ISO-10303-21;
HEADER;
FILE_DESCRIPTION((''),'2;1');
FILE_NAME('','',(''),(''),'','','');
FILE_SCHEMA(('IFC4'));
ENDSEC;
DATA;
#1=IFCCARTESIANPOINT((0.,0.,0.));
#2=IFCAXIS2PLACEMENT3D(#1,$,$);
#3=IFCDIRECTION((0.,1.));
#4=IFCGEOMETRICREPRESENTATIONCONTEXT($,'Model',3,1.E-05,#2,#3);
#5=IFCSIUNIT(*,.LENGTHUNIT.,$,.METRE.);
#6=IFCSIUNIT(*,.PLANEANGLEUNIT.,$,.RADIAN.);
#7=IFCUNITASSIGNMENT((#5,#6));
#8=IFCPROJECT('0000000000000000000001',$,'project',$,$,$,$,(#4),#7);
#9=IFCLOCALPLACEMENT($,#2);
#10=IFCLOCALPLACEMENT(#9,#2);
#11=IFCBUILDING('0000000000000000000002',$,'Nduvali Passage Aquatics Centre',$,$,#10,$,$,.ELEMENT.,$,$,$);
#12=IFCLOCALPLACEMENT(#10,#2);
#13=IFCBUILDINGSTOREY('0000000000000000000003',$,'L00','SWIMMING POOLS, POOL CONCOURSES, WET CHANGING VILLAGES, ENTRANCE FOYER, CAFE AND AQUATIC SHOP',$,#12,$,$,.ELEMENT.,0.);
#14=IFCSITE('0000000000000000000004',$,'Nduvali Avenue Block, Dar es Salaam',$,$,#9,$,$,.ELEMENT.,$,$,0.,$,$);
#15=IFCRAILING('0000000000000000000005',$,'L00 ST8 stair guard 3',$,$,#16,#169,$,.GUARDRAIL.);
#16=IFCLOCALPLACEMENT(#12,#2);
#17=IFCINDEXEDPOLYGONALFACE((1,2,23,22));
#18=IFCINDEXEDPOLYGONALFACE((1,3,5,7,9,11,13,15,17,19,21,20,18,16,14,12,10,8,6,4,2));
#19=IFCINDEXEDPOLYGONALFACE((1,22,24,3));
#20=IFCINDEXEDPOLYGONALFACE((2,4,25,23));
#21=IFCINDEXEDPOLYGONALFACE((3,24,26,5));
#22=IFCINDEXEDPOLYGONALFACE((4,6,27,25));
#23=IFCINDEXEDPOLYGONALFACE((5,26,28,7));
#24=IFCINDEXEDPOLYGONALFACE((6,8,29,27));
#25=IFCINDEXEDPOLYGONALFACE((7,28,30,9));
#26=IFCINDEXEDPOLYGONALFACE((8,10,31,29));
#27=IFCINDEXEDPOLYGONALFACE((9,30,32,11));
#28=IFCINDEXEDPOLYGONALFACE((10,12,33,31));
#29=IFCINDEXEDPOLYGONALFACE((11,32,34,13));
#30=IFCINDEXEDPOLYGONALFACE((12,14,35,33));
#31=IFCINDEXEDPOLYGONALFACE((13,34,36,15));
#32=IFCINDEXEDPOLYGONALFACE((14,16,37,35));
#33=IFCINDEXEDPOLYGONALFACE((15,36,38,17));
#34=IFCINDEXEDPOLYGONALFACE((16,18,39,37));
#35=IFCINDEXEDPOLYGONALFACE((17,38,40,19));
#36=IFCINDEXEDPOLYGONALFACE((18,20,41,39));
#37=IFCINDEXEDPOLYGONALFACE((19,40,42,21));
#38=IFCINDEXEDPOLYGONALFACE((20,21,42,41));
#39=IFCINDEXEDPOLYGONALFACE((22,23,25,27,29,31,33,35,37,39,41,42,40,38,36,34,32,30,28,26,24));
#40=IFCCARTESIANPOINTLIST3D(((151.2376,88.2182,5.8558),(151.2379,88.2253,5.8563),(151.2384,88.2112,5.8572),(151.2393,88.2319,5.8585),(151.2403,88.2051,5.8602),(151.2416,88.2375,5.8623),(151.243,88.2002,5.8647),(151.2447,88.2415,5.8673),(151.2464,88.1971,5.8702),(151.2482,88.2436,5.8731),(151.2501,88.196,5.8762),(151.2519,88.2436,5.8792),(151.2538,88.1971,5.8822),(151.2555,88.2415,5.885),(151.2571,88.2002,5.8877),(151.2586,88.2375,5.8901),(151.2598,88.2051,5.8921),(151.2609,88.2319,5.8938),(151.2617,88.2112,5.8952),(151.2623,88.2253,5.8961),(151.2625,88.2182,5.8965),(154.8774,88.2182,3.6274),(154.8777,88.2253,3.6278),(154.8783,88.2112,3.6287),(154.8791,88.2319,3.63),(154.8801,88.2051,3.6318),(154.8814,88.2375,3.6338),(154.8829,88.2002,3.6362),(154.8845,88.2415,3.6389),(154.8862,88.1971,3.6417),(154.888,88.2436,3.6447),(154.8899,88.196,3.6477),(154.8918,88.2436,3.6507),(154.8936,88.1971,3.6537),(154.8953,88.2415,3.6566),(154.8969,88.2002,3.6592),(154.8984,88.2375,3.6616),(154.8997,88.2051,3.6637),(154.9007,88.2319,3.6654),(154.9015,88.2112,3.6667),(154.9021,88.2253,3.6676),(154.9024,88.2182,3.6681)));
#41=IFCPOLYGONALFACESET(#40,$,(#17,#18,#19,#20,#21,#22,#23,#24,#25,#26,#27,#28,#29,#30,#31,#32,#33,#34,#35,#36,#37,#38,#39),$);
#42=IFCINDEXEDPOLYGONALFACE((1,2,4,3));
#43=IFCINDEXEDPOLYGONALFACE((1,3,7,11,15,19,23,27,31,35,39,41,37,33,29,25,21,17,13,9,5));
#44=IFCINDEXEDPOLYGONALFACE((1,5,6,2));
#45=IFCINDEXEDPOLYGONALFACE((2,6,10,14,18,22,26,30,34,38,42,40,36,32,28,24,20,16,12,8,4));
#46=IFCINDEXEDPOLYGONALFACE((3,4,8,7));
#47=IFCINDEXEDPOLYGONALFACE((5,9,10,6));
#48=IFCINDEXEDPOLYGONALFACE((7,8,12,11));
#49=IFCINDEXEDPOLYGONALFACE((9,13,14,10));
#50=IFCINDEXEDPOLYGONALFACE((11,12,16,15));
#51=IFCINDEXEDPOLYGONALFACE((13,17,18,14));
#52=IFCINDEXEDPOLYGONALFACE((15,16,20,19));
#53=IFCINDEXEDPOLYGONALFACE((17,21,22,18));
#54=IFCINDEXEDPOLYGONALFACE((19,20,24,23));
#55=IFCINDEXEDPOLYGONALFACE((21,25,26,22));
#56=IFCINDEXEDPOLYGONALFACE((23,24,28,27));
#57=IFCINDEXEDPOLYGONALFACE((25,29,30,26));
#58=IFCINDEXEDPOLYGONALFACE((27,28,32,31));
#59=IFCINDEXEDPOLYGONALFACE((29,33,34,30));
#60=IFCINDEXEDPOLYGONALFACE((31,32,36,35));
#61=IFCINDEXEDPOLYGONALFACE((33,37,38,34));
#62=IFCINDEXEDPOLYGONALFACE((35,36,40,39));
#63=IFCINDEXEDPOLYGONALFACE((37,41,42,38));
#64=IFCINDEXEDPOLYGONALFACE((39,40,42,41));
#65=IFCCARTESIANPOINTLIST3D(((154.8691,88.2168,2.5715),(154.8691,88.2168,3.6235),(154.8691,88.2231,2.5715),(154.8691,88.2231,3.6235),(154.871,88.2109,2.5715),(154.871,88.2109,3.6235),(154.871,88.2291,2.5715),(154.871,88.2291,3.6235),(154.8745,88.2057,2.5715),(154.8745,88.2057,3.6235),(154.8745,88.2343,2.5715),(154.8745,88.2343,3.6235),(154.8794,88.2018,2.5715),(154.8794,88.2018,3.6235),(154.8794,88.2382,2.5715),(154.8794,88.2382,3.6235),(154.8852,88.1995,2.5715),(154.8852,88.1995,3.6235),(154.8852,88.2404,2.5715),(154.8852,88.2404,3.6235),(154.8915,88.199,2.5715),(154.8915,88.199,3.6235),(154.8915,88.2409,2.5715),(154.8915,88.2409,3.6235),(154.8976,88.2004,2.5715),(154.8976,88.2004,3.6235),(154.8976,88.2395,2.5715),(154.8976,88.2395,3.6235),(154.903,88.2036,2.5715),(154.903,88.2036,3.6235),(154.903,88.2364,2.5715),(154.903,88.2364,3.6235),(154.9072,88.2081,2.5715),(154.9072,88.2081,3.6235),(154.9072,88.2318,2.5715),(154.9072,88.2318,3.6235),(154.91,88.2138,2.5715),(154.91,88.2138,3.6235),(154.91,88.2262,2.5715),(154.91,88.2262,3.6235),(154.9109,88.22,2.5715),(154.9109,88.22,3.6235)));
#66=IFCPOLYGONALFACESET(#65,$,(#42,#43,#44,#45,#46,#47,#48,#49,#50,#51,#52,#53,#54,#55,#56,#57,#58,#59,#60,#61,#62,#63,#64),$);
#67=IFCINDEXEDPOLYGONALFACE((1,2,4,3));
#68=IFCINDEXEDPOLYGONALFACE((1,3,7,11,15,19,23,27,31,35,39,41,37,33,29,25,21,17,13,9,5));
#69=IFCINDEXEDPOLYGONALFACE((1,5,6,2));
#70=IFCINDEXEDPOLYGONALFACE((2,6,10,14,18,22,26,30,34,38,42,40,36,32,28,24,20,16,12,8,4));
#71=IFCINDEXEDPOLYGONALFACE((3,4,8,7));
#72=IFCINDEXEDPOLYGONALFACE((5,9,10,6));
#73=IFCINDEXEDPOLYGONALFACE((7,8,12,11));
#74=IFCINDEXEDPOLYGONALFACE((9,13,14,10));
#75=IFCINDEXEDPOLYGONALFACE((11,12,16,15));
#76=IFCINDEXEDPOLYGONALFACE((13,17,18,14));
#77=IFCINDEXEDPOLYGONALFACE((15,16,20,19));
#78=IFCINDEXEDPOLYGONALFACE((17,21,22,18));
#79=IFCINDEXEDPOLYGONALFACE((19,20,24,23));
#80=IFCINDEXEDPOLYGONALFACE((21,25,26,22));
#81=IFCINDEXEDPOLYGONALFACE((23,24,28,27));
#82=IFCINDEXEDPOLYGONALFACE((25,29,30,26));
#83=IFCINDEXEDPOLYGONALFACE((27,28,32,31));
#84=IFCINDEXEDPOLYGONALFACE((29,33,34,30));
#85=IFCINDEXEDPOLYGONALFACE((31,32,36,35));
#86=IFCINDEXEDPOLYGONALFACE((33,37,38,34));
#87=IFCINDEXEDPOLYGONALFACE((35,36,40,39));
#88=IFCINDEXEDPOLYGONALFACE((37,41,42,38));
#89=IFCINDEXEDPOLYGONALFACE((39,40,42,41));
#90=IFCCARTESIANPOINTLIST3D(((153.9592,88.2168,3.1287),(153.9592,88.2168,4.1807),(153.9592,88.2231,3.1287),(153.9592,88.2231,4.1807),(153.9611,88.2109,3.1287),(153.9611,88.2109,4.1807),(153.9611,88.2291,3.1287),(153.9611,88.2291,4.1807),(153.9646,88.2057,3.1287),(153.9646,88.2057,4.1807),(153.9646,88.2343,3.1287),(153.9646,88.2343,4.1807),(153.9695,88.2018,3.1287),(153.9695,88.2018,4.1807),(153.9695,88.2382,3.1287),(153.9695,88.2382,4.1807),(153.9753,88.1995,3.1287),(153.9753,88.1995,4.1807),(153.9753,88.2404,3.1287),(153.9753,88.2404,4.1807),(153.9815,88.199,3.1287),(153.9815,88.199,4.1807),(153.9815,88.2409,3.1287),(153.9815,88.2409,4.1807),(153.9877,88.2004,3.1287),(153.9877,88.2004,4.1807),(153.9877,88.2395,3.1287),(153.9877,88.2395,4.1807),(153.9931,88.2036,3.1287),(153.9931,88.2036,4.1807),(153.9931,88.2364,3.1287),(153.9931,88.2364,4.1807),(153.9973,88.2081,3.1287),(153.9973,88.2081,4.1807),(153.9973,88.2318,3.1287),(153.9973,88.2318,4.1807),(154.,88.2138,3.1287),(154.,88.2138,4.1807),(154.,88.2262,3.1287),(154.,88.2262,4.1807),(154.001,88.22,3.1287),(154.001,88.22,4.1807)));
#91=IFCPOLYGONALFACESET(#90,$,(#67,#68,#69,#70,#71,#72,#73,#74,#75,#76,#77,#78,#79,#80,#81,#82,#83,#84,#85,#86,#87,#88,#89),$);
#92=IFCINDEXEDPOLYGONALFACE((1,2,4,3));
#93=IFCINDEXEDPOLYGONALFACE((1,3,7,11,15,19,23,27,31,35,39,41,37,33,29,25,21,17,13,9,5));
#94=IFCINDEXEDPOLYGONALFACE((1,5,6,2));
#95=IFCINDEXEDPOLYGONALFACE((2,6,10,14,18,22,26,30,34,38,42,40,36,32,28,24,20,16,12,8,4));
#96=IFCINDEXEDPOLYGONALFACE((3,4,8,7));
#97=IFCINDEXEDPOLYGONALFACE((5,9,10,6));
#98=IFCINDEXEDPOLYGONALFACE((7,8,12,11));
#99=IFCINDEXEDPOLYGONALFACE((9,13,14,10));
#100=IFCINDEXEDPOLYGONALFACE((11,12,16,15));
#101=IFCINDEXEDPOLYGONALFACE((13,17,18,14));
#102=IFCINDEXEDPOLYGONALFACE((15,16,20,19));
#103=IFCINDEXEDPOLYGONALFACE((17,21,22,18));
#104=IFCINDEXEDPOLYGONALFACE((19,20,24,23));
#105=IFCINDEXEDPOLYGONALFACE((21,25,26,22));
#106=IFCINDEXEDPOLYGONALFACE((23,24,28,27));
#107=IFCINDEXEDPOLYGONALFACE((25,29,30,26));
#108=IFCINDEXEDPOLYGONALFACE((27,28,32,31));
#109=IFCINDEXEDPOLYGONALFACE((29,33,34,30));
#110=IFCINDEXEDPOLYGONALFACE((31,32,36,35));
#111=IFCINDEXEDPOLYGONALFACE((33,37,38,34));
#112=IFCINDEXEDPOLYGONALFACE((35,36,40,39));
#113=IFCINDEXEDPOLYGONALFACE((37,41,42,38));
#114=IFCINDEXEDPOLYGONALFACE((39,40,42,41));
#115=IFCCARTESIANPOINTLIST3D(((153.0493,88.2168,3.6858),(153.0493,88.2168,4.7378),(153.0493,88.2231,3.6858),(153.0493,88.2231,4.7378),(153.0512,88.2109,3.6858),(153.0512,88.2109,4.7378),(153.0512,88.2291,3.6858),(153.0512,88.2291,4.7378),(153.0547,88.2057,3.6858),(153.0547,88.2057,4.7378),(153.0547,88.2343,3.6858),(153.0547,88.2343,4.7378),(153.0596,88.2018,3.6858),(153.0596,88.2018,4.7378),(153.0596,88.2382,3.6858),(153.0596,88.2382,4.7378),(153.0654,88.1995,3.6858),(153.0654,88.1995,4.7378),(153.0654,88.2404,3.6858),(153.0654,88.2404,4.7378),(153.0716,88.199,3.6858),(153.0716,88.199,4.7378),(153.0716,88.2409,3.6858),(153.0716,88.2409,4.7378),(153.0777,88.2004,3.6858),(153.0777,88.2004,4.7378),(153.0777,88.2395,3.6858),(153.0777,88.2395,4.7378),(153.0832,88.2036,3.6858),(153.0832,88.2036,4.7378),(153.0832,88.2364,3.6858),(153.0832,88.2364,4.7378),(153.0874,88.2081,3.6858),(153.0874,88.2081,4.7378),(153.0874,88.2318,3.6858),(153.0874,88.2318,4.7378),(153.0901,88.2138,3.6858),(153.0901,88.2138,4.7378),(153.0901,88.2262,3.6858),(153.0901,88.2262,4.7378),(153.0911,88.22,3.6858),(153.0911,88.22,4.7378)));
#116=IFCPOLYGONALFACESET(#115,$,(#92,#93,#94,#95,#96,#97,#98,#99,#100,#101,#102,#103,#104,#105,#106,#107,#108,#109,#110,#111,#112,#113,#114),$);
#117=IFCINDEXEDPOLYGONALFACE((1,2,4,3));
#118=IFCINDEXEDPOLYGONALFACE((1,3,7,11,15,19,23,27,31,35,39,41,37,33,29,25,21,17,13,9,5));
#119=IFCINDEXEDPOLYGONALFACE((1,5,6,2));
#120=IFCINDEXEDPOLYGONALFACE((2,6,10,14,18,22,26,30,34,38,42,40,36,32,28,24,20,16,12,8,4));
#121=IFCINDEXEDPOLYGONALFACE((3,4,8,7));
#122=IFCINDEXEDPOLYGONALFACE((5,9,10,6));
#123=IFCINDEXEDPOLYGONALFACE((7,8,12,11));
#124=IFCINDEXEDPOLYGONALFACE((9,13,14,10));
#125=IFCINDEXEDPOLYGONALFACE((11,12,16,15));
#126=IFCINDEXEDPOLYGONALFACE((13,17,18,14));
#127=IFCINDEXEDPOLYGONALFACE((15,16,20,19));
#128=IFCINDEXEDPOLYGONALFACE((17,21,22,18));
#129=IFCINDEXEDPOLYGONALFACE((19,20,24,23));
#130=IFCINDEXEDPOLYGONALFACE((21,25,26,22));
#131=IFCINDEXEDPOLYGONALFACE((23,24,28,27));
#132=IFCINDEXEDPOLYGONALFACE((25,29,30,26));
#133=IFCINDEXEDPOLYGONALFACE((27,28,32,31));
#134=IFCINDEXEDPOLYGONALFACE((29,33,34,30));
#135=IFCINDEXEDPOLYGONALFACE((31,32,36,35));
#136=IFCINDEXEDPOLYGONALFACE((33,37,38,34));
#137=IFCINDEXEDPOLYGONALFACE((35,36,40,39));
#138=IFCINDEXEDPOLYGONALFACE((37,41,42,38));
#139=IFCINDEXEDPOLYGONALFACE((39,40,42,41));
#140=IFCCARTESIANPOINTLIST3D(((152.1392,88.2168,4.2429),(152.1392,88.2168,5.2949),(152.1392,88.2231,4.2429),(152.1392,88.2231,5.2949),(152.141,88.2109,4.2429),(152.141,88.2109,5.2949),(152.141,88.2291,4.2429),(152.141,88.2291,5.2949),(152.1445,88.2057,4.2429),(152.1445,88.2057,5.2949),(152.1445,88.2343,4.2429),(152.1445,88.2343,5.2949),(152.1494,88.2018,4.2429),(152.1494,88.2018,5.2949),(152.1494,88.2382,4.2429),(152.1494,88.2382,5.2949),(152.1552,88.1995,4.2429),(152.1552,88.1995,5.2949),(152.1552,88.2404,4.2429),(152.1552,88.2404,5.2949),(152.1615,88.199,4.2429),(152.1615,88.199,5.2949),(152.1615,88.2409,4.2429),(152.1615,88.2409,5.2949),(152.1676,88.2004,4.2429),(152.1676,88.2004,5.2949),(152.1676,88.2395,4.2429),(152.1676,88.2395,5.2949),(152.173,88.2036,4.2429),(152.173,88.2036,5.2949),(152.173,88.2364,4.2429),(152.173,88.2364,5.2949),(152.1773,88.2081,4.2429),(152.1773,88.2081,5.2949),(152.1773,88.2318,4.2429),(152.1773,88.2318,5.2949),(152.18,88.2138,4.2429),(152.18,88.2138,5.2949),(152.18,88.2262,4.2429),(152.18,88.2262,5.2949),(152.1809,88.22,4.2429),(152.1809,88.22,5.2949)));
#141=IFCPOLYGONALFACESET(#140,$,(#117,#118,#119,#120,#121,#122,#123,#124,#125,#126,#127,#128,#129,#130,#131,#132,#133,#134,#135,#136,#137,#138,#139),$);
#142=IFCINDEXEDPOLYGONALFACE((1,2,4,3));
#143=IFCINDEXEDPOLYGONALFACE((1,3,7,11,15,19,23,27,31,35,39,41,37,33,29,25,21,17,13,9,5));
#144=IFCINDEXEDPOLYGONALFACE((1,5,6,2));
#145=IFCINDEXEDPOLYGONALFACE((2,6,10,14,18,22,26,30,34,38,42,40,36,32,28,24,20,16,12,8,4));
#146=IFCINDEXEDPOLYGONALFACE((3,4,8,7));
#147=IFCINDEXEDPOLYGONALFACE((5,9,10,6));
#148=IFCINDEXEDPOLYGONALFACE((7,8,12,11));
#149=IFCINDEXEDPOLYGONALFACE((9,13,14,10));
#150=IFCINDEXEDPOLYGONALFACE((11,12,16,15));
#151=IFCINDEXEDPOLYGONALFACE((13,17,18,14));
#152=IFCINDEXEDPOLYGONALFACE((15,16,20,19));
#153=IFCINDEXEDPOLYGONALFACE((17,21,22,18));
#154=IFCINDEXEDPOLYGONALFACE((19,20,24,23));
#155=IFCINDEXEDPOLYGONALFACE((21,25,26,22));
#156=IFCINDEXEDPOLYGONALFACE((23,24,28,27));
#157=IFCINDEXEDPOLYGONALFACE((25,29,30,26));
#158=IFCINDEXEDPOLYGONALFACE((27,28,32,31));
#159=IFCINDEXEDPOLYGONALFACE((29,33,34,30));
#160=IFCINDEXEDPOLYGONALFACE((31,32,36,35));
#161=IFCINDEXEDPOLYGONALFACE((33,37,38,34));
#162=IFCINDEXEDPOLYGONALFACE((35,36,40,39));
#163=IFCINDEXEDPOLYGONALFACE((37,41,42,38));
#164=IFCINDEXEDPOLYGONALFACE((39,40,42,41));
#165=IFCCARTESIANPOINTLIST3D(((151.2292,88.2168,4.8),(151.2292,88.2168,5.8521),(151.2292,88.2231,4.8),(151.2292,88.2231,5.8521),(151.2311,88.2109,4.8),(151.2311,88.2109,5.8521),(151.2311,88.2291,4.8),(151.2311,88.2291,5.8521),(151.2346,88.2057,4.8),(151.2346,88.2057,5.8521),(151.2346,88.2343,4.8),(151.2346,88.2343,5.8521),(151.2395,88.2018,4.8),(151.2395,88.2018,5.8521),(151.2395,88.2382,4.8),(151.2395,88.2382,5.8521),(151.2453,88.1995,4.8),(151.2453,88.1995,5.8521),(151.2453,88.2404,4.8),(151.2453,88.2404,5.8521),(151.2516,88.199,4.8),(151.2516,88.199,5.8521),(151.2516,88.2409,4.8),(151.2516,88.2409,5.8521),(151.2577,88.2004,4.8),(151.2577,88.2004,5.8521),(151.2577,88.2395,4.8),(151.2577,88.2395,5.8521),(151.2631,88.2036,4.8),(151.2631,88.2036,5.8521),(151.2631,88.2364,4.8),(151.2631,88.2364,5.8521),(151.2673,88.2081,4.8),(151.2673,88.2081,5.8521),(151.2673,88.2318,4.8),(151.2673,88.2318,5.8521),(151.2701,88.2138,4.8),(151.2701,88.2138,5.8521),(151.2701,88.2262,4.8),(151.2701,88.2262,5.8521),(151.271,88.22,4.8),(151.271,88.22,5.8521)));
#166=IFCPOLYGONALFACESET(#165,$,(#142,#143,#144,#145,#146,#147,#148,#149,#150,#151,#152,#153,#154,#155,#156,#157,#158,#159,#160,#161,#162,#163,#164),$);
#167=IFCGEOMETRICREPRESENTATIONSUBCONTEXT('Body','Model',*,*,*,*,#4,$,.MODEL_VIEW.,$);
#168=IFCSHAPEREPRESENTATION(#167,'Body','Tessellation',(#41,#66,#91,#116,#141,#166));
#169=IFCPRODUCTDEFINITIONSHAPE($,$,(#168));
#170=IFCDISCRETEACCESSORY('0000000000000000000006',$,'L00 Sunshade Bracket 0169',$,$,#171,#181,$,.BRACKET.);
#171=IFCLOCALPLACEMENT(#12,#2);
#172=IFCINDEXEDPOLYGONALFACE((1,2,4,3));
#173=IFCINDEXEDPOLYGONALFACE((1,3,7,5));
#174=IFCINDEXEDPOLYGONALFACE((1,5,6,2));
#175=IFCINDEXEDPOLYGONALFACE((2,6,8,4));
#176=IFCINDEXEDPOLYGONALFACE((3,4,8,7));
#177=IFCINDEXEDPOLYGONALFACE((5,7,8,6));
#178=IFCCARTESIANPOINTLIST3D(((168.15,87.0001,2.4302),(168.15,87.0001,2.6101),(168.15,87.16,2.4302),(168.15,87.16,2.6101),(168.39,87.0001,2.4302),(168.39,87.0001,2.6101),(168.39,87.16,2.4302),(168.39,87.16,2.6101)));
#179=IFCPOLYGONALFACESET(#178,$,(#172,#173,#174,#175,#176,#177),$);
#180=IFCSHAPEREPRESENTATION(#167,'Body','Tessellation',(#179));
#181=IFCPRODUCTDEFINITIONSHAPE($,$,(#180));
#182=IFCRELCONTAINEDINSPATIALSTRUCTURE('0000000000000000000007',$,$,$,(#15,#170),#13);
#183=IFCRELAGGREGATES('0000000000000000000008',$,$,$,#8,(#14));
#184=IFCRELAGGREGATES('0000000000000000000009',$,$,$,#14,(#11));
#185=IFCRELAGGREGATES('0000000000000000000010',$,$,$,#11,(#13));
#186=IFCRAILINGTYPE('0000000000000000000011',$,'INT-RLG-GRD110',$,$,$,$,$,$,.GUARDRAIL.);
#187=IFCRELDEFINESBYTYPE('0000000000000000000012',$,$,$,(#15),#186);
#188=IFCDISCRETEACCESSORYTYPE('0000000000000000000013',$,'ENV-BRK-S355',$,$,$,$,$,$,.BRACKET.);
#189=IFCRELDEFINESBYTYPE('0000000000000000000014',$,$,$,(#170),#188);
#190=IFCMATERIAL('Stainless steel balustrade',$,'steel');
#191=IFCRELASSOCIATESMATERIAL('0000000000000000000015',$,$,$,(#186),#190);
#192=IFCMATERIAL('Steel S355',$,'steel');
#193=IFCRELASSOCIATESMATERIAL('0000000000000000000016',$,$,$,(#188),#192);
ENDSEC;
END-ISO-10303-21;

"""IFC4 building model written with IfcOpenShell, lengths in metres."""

from ifc_helpers import new_model, si_unit, direction, frame, origin, origin_2d, place, context, subcontext, project, spatial, rectangle, circle, extrude, material, type_object, element, save


model = new_model("IFC4")

# Units and contexts
model_context = context("Model", 3, precision=1e-05, world=origin(), true_north=direction((0.0, 1.0)))
body_context = subcontext(model_context, "Body", "Model", "MODEL_VIEW")
ifc_project = project(units=[si_unit("LENGTHUNIT", "METRE"), si_unit("PLANEANGLEUNIT", "RADIAN")], contexts=[model_context])

# Site, building, storey
site_placement = place(None, origin())
site = spatial("IfcSite", under=ifc_project, at=site_placement, Name="Nduvali Avenue Block, Dar es Salaam", CompositionType="ELEMENT", RefElevation=0.0)
building_placement = place(site_placement, origin())
building = spatial("IfcBuilding", under=site, at=building_placement, Name="Nduvali Passage Aquatics Centre", CompositionType="ELEMENT")
storey_placement = place(building_placement, origin())
storey = spatial("IfcBuildingStorey", under=building, at=storey_placement, Name="L00", Description="SWIMMING POOLS, POOL CONCOURSES, WET CHANGING VILLAGES, ENTRANCE FOYER, CAFE AND AQUATIC SHOP", CompositionType="ELEMENT", Elevation=0.0)

# Shared definitions
ifc_material_1 = material(Name="Steel S355", Category="steel")

# Railing
ifc_material_2 = material(Name="Stainless steel balustrade", Category="steel")
railing_type = type_object("IfcRailingType", Name="INT-RLG-GRD110", PredefinedType="GUARDRAIL", material=ifc_material_2)
railing_1_placement = place(storey_placement, frame((154.8899, 88.22, 2.5715)))
element("IfcRailing", 1, at=railing_1_placement, inside=storey, type_object=railing_type, Name="L00 ST8 stair guard 3", PredefinedType="GUARDRAIL", context=body_context, shape_type="SweptSolid", body=[
    extrude(circle(Radius=0.0239, at=origin_2d()), frame((0.0, 0.0, 1.0762), z_axis=(-0.85285, 0.0, 0.522156), x_axis=(0.0, -1.0, 0.0)), (0.0, 0.0, 1.0), 4.2678),
    extrude(circle(Radius=0.021, at=origin_2d()), origin(), (0.0, 0.0, 1.0), 1.052),
    extrude(circle(Radius=0.021, at=origin_2d()), frame((-0.9099, 0.0, 0.5571)), (0.0, 0.0, 1.0), 1.052),
    extrude(circle(Radius=0.021, at=origin_2d()), frame((-1.8198, 0.0, 1.1143)), (0.0, 0.0, 1.0), 1.052),
    extrude(circle(Radius=0.021, at=origin_2d()), frame((-2.73, 0.0, 1.6714)), (0.0, 0.0, 1.0), 1.052),
    extrude(circle(Radius=0.021, at=origin_2d()), frame((-3.6399, 0.0, 2.2285)), (0.0, 0.0, 1.0), 1.052),
])

# Discrete accessory
discrete_accessory_type = type_object("IfcDiscreteAccessoryType", Name="ENV-BRK-S355", PredefinedType="BRACKET", material=ifc_material_1)
discrete_accessory_placement = place(storey_placement, frame((168.27, 87.0801, 2.4302), z_axis=(0.0, 0.0, 1.0), x_axis=(0.0, 1.0, 0.0)))
element("IfcDiscreteAccessory", 2, at=discrete_accessory_placement, inside=storey, type_object=discrete_accessory_type, Name="L00 Sunshade Bracket 0169", PredefinedType="BRACKET", context=body_context, shape_type="SweptSolid", body=[
    extrude(rectangle(XDim=0.1599, YDim=0.24, at=origin_2d()), origin(), (0.0, 0.0, 1.0), 0.1799),
])

save(model, "model.ifc")
